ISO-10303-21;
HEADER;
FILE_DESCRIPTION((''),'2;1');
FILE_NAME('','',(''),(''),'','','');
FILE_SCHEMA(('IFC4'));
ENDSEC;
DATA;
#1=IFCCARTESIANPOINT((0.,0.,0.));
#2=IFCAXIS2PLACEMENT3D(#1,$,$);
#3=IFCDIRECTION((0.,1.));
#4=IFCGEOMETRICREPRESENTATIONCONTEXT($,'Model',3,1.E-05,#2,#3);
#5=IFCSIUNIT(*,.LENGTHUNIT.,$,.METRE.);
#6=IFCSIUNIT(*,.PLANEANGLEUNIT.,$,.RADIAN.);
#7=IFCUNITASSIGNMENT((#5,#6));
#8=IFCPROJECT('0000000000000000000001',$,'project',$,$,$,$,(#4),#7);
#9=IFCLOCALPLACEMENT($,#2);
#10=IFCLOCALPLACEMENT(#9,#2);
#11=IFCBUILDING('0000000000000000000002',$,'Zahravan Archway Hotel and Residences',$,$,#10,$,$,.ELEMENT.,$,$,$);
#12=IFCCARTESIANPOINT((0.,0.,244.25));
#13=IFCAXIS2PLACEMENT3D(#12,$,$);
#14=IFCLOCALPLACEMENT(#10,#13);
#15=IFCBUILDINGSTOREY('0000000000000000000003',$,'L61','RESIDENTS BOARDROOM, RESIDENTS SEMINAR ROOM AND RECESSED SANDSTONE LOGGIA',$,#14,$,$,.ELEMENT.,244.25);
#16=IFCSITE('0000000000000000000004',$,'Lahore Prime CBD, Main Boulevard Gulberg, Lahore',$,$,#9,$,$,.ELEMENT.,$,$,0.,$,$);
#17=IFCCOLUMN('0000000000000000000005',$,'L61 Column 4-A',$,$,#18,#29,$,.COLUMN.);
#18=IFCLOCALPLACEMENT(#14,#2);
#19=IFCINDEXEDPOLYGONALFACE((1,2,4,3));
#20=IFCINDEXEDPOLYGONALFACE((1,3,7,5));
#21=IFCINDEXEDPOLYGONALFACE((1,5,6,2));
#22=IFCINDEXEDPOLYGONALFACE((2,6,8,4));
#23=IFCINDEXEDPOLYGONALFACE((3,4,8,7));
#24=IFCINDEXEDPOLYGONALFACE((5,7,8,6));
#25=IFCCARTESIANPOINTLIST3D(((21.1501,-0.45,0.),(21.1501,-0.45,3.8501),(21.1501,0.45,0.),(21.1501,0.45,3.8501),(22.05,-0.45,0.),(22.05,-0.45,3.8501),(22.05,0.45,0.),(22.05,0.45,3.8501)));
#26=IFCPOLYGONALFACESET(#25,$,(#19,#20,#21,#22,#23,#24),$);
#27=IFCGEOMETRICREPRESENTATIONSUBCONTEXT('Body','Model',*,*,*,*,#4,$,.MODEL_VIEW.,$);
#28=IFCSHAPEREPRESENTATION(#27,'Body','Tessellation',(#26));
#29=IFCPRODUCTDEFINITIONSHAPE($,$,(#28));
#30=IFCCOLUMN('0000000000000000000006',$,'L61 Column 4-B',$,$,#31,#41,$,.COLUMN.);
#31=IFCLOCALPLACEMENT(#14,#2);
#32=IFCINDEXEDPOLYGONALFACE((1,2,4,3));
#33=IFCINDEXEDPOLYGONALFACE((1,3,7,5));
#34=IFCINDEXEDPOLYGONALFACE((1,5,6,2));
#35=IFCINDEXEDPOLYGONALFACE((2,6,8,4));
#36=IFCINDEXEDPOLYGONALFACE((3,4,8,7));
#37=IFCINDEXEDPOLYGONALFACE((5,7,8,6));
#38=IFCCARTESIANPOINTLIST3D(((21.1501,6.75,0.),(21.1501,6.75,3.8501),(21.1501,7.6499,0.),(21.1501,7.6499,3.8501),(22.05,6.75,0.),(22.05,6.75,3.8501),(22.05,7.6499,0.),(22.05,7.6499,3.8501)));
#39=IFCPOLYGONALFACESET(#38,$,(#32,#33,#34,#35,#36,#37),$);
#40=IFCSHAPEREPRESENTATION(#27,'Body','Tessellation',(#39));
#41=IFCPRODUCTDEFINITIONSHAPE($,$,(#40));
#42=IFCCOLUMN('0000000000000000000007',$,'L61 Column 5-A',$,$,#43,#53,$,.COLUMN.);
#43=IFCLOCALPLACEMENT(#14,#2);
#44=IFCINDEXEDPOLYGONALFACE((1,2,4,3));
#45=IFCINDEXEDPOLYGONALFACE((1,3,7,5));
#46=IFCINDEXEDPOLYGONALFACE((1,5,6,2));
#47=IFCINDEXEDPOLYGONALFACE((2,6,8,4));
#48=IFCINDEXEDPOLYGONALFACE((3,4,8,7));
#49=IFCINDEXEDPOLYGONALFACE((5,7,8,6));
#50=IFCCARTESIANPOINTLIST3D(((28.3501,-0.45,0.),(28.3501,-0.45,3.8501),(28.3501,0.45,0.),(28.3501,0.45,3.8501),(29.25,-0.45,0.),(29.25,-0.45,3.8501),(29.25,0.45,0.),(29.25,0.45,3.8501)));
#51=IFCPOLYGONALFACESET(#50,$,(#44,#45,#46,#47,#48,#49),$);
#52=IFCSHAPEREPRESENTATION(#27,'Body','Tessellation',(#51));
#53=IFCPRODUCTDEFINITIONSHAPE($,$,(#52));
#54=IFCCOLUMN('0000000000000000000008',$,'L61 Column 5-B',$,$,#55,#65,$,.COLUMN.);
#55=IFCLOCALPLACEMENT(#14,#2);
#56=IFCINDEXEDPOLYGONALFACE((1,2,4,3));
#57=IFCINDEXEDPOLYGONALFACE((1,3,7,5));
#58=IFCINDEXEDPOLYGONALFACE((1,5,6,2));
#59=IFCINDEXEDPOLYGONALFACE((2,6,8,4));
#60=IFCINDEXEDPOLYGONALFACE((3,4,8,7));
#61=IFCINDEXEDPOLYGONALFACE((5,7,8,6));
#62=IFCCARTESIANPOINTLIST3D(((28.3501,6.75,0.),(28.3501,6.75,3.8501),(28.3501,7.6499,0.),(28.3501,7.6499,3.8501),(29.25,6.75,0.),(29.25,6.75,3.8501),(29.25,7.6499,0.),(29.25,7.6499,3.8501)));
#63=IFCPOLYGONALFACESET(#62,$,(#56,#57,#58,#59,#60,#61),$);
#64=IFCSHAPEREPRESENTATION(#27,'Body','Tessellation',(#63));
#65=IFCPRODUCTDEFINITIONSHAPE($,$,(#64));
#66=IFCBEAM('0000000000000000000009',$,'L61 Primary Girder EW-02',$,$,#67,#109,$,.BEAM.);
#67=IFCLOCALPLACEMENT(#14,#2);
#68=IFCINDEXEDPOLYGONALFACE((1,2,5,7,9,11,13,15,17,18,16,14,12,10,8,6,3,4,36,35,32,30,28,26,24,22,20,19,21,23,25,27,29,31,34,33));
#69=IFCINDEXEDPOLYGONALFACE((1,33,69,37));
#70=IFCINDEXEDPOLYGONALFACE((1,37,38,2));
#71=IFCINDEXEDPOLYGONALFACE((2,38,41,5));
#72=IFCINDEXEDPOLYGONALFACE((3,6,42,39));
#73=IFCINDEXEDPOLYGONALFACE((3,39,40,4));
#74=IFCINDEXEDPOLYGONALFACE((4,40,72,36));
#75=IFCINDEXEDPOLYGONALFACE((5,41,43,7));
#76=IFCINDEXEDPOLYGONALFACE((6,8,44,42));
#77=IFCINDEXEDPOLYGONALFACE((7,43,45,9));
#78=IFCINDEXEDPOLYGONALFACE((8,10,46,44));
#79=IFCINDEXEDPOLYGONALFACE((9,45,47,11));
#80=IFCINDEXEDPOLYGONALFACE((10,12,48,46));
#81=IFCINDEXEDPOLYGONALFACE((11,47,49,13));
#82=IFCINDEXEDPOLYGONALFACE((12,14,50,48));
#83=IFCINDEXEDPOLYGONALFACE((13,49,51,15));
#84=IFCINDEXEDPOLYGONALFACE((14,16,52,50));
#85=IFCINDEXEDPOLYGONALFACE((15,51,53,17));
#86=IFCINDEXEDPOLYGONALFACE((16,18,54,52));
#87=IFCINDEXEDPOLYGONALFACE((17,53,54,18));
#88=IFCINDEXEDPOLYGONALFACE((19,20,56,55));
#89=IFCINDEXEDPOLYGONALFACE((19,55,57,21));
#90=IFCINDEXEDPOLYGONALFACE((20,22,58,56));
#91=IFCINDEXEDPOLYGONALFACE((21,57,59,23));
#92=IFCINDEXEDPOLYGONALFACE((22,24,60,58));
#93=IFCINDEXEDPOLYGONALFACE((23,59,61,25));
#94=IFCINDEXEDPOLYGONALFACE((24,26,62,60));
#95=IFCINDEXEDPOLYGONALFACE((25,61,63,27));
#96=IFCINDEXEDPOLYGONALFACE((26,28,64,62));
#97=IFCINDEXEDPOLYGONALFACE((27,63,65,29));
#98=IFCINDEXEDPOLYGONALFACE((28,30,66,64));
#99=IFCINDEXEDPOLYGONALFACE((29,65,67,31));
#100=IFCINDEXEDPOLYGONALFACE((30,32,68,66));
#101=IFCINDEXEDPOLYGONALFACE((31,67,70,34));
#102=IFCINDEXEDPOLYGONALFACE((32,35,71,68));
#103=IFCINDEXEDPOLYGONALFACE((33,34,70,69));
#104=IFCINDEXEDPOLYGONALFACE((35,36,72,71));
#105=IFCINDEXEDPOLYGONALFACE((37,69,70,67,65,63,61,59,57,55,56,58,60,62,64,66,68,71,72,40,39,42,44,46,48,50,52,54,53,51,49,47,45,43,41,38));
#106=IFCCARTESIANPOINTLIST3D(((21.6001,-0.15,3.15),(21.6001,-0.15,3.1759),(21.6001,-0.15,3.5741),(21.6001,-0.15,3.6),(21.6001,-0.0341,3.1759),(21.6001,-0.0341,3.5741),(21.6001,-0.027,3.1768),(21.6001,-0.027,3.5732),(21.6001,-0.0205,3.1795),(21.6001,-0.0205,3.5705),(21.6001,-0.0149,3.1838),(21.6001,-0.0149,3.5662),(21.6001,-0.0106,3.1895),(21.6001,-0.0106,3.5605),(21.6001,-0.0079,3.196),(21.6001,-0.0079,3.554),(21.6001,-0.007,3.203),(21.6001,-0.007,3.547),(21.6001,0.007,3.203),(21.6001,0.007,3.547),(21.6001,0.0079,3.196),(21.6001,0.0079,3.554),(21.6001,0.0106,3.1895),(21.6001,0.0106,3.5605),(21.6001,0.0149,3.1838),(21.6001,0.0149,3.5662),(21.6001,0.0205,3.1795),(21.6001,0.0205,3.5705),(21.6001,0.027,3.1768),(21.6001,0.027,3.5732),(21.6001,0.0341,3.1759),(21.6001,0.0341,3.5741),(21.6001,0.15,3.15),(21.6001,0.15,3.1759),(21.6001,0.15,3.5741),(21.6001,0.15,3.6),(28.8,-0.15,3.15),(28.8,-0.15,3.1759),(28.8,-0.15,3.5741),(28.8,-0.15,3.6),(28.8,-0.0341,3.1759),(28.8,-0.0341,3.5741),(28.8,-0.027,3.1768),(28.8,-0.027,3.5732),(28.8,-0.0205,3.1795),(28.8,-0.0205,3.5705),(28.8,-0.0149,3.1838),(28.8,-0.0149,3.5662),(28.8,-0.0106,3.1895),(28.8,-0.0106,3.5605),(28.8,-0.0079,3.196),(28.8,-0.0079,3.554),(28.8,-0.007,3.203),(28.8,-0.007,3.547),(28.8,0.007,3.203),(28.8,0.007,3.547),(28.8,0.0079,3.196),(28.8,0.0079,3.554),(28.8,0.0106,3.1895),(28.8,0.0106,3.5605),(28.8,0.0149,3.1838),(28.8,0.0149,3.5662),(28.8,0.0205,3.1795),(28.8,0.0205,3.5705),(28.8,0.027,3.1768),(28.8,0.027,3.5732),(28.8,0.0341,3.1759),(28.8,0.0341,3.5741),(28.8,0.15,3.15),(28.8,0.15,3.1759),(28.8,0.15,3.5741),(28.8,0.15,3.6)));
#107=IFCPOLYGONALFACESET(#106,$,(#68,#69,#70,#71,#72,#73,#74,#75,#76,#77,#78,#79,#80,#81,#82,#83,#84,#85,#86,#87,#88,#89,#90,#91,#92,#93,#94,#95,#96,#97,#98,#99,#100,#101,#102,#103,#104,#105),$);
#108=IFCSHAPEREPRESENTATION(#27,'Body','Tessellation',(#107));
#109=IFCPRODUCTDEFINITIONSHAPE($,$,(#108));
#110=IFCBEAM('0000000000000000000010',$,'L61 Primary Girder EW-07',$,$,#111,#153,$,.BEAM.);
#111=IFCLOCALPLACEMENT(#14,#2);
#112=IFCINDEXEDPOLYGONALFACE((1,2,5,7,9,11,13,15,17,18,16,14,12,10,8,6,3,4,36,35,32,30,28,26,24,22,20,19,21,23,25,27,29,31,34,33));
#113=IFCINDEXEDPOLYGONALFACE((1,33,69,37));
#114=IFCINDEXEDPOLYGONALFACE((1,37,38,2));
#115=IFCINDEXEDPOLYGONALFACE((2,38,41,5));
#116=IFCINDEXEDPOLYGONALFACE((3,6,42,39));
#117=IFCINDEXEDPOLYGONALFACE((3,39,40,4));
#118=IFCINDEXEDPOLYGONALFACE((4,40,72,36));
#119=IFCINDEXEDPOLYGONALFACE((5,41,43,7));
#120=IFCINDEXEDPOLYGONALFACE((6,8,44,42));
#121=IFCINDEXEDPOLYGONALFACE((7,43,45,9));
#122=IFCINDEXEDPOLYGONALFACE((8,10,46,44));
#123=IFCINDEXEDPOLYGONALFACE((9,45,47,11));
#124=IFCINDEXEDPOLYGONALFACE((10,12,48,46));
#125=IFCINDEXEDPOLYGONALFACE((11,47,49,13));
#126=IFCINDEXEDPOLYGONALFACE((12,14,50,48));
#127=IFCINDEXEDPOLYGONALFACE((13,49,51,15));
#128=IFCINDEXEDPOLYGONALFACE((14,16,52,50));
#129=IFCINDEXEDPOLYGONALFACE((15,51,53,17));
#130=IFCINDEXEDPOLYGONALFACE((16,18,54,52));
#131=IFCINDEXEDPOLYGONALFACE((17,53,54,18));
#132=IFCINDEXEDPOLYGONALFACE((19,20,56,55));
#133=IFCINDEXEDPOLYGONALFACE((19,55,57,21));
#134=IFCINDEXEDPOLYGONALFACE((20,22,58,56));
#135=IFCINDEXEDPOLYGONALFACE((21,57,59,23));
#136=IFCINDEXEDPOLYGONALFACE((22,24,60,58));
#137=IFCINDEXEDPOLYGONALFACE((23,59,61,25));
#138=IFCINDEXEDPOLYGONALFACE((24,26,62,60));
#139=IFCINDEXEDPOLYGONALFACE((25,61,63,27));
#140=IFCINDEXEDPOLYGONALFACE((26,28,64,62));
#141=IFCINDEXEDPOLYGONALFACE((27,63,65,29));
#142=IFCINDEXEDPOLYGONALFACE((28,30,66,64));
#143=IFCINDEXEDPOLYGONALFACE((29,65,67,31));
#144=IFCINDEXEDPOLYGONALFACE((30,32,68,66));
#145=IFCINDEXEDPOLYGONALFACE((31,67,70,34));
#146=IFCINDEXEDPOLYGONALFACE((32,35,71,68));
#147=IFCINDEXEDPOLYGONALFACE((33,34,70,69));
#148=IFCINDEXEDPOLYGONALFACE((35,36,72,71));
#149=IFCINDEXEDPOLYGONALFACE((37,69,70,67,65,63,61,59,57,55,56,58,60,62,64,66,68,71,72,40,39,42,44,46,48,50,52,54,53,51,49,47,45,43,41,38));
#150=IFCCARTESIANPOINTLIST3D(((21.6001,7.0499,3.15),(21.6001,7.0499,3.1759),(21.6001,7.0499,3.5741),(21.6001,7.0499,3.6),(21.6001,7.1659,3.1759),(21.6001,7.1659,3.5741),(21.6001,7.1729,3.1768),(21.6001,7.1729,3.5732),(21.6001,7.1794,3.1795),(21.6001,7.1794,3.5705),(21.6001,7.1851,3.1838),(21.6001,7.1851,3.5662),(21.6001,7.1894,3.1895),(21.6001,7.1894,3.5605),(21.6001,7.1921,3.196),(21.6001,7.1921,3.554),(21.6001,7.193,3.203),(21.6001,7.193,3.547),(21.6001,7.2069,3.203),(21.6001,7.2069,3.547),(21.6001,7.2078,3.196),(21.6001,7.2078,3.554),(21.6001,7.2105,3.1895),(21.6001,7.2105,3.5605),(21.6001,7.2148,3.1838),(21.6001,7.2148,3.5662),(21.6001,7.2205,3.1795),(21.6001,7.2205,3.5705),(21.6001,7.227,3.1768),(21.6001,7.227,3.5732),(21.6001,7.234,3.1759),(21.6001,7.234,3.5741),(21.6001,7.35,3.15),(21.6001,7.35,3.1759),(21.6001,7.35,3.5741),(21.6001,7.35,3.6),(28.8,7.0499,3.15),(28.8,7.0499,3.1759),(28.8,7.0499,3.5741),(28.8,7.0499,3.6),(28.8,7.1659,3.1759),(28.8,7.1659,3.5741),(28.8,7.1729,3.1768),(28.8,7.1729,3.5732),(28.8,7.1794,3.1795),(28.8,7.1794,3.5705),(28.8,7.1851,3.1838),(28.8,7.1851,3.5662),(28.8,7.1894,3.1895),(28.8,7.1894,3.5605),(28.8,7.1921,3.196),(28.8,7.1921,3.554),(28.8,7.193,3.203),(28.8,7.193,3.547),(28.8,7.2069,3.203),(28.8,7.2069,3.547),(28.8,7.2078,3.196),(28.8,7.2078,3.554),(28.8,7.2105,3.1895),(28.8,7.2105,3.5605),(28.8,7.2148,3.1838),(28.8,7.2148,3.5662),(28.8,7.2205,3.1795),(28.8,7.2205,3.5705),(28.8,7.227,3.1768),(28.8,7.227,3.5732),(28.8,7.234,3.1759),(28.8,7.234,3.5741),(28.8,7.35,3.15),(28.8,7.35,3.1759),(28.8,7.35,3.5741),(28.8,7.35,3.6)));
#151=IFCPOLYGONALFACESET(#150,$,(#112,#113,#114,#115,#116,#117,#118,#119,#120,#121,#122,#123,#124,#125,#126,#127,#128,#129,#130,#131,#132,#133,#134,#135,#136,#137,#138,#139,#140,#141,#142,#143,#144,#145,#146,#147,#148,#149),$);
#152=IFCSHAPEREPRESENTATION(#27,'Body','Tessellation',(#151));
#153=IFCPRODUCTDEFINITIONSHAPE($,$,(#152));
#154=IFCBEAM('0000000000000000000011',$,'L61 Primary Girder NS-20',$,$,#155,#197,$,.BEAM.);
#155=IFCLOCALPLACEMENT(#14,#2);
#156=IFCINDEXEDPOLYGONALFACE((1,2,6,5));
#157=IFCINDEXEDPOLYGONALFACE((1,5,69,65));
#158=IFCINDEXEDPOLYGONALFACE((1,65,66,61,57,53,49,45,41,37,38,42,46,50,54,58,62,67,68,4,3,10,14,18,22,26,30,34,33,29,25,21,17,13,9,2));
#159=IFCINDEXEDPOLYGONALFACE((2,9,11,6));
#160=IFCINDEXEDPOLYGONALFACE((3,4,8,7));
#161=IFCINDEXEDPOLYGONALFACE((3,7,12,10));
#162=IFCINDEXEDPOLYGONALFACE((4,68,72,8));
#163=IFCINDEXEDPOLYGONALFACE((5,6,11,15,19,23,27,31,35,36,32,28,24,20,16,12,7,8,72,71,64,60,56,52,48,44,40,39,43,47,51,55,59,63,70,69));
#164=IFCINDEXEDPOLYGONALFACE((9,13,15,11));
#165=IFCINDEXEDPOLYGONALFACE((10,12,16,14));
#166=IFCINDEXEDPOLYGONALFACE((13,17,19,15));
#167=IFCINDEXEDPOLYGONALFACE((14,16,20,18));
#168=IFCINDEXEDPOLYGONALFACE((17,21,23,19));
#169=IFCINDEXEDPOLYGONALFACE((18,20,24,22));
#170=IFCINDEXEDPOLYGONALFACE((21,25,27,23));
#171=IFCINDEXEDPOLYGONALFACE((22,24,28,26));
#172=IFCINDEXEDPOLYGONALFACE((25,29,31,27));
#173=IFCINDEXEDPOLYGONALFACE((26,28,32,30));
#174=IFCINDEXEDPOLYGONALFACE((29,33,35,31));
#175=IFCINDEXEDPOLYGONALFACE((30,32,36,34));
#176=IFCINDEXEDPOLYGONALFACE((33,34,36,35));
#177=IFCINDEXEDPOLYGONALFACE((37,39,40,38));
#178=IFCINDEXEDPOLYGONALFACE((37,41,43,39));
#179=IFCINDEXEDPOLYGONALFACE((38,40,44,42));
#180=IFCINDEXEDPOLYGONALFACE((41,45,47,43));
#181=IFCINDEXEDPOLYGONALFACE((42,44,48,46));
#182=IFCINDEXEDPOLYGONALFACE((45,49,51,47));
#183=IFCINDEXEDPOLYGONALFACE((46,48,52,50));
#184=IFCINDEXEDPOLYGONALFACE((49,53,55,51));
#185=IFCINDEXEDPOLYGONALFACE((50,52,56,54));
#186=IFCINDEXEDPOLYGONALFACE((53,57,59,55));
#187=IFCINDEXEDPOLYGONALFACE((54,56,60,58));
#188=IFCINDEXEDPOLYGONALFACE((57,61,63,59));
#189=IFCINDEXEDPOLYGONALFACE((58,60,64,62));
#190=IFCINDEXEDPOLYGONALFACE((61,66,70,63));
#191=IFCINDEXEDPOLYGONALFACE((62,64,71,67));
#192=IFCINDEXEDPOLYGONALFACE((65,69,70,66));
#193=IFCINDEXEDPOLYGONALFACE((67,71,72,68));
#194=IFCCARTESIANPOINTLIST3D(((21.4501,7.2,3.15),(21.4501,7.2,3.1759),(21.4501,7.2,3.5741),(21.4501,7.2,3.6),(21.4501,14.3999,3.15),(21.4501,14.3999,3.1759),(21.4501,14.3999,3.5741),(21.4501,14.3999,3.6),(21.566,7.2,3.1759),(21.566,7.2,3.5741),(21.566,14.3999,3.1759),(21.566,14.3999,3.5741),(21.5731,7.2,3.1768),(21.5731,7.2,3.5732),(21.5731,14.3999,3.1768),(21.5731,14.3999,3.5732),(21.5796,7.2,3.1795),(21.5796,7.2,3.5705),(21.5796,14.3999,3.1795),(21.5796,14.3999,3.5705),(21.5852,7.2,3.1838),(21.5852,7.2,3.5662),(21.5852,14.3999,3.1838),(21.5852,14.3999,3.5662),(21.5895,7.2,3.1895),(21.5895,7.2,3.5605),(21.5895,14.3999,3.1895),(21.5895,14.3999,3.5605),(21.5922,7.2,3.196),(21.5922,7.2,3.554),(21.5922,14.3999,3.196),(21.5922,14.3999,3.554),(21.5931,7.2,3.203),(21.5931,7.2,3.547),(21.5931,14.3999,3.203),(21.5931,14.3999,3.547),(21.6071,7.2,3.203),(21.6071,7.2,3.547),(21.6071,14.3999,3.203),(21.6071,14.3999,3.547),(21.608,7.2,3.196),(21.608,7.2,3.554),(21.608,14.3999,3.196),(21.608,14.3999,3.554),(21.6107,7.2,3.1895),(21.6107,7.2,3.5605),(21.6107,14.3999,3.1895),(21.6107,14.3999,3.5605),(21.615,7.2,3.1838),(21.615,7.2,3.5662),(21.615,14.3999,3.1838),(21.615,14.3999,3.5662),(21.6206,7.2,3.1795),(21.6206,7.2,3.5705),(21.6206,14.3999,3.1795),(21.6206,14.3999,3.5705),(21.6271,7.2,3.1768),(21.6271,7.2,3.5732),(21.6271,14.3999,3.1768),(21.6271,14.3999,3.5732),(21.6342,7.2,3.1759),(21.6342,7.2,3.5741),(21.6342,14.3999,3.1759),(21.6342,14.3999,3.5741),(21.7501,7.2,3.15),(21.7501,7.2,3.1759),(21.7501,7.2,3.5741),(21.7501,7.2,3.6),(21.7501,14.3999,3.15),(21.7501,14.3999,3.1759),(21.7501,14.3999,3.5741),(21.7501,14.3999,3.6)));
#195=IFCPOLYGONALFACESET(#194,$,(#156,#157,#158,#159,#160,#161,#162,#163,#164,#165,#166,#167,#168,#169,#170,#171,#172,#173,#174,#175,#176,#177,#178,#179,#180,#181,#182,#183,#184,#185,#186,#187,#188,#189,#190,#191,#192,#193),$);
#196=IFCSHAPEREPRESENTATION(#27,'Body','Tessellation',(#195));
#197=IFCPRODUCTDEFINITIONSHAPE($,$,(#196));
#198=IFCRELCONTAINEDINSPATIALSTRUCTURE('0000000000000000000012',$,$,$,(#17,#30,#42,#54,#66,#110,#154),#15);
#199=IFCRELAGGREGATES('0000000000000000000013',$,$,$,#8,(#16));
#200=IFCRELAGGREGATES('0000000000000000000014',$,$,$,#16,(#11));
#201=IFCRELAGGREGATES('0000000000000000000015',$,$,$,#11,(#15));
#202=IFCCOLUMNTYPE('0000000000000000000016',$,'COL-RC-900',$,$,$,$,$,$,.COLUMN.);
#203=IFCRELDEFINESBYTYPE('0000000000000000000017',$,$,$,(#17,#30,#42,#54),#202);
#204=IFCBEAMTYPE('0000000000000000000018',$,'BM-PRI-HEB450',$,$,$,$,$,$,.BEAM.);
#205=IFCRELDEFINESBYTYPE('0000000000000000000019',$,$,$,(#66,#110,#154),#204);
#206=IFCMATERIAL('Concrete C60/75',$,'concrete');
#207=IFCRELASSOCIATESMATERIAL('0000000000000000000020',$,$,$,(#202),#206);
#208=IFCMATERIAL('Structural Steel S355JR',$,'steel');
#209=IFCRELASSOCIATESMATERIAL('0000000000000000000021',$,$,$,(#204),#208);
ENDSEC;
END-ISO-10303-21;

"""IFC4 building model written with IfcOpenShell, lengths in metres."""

from ifc_helpers import new_model, si_unit, direction, frame, origin, origin_2d, place, context, subcontext, project, spatial, rectangle, i_section, extrude, source, transform, mapped, material, material_profile, profile_set, type_object, type_shapes, element, save


model = new_model("IFC4")

# Units and contexts
model_context = context("Model", 3, precision=1e-05, world=origin(), true_north=direction((0.0, 1.0)))
body_context = subcontext(model_context, "Body", "Model", "MODEL_VIEW")
ifc_project = project(units=[si_unit("LENGTHUNIT", "METRE"), si_unit("PLANEANGLEUNIT", "RADIAN")], contexts=[model_context])

# Site, building, storey
site_placement = place(None, origin())
site = spatial("IfcSite", under=ifc_project, at=site_placement, Name="Lahore Prime CBD, Main Boulevard Gulberg, Lahore", CompositionType="ELEMENT", RefElevation=0.0)
building_placement = place(site_placement, origin())
building = spatial("IfcBuilding", under=site, at=building_placement, Name="Zahravan Archway Hotel and Residences", CompositionType="ELEMENT")
storey_placement = place(building_placement, frame((0.0, 0.0, 244.25)))
storey = spatial("IfcBuildingStorey", under=building, at=storey_placement, Name="L61", Description="RESIDENTS BOARDROOM, RESIDENTS SEMINAR ROOM AND RECESSED SANDSTONE LOGGIA", CompositionType="ELEMENT", Elevation=244.25)

# Columns
ifc_material_1 = material(Name="Concrete C60/75", Category="concrete")
ifc_material_profile_1 = material_profile(ifc_material_1, rectangle(XDim=0.8999, YDim=0.8999, at=origin_2d()), Name="RC-COL-900x900", Category="concrete")
ifc_profile_set_1 = profile_set([ifc_material_profile_1], Name="Concrete C60/75")
column_type = type_object("IfcColumnType", Name="COL-RC-900", PredefinedType="COLUMN", material=ifc_profile_set_1)
shared_shape_1 = source(origin(), body_context, "Body", "SweptSolid", [
    extrude(rectangle(XDim=0.8999, YDim=0.8999, at=origin_2d()), origin(), (0.0, 0.0, 1.0), 3.8501),
])
type_shapes(column_type, [shared_shape_1])
for number, where, z_axis, x_axis, name in (
    (1, (21.6001, 0.0, 0.0), (0.0, 0.0, 1.0), (1.0, 0.0, 0.0), "L61 Column 4-A"),
    (2, (21.6001, 7.2, 0.0), (0.0, 0.0, 1.0), (1.0, 0.0, 0.0), "L61 Column 4-B"),
    (3, (28.8, 0.0, 0.0), (0.0, 0.0, 1.0), (1.0, 0.0, 0.0), "L61 Column 5-A"),
    (4, (28.8, 7.2, 0.0), (0.0, 0.0, 1.0), (1.0, 0.0, 0.0), "L61 Column 5-B"),
):
    element("IfcColumn", number, at=place(storey_placement, frame(where, z_axis=z_axis, x_axis=x_axis)), inside=storey, type_object=column_type, Name=name, PredefinedType="COLUMN", context=body_context, shape_type="MappedRepresentation", body=[
        mapped(shared_shape_1, transform((0.0, 0.0, 0.0), scale=1.0)),
    ])

# Beams
ifc_material_2 = material(Name="Structural Steel S355JR", Category="steel")
ifc_material_profile_2 = material_profile(ifc_material_2, i_section(OverallWidth=0.3, OverallDepth=0.45, WebThickness=0.0139, FlangeThickness=0.0259, FilletRadius=0.0271, at=origin_2d()), Name="HEB 450", Category="steel")
ifc_profile_set_2 = profile_set([ifc_material_profile_2], Name="Structural Steel S355JR")
beam_type_1 = type_object("IfcBeamType", Name="BM-PRI-HEB450", PredefinedType="BEAM", material=ifc_profile_set_2)
shared_shape_2 = source(origin(), body_context, "Body", "SweptSolid", [
    extrude(i_section(OverallWidth=0.3, OverallDepth=0.45, WebThickness=0.0139, FlangeThickness=0.0259, FilletRadius=0.0271, at=origin_2d()), origin(), (0.0, 0.0, 1.0), 7.2),
])
for number, where, z_axis, x_axis, name in (
    (5, (21.6001, 0.0, 3.375), (1.0, 0.0, 0.0), (0.0, 1.0, 0.0), "L61 Primary Girder EW-02"),
    (6, (21.6001, 7.2, 3.375), (1.0, 0.0, 0.0), (0.0, 1.0, 0.0), "L61 Primary Girder EW-07"),
    (7, (21.6001, 7.2, 3.375), (0.0, 1.0, 0.0), (-1.0, 0.0, 0.0), "L61 Primary Girder NS-20"),
):
    element("IfcBeam", number, at=place(storey_placement, frame(where, z_axis=z_axis, x_axis=x_axis)), inside=storey, type_object=beam_type_1, Name=name, PredefinedType="BEAM", context=body_context, shape_type="MappedRepresentation", body=[
        mapped(shared_shape_2, transform((0.0, 0.0, 0.0), scale=1.0)),
    ])

save(model, "model.ifc")
